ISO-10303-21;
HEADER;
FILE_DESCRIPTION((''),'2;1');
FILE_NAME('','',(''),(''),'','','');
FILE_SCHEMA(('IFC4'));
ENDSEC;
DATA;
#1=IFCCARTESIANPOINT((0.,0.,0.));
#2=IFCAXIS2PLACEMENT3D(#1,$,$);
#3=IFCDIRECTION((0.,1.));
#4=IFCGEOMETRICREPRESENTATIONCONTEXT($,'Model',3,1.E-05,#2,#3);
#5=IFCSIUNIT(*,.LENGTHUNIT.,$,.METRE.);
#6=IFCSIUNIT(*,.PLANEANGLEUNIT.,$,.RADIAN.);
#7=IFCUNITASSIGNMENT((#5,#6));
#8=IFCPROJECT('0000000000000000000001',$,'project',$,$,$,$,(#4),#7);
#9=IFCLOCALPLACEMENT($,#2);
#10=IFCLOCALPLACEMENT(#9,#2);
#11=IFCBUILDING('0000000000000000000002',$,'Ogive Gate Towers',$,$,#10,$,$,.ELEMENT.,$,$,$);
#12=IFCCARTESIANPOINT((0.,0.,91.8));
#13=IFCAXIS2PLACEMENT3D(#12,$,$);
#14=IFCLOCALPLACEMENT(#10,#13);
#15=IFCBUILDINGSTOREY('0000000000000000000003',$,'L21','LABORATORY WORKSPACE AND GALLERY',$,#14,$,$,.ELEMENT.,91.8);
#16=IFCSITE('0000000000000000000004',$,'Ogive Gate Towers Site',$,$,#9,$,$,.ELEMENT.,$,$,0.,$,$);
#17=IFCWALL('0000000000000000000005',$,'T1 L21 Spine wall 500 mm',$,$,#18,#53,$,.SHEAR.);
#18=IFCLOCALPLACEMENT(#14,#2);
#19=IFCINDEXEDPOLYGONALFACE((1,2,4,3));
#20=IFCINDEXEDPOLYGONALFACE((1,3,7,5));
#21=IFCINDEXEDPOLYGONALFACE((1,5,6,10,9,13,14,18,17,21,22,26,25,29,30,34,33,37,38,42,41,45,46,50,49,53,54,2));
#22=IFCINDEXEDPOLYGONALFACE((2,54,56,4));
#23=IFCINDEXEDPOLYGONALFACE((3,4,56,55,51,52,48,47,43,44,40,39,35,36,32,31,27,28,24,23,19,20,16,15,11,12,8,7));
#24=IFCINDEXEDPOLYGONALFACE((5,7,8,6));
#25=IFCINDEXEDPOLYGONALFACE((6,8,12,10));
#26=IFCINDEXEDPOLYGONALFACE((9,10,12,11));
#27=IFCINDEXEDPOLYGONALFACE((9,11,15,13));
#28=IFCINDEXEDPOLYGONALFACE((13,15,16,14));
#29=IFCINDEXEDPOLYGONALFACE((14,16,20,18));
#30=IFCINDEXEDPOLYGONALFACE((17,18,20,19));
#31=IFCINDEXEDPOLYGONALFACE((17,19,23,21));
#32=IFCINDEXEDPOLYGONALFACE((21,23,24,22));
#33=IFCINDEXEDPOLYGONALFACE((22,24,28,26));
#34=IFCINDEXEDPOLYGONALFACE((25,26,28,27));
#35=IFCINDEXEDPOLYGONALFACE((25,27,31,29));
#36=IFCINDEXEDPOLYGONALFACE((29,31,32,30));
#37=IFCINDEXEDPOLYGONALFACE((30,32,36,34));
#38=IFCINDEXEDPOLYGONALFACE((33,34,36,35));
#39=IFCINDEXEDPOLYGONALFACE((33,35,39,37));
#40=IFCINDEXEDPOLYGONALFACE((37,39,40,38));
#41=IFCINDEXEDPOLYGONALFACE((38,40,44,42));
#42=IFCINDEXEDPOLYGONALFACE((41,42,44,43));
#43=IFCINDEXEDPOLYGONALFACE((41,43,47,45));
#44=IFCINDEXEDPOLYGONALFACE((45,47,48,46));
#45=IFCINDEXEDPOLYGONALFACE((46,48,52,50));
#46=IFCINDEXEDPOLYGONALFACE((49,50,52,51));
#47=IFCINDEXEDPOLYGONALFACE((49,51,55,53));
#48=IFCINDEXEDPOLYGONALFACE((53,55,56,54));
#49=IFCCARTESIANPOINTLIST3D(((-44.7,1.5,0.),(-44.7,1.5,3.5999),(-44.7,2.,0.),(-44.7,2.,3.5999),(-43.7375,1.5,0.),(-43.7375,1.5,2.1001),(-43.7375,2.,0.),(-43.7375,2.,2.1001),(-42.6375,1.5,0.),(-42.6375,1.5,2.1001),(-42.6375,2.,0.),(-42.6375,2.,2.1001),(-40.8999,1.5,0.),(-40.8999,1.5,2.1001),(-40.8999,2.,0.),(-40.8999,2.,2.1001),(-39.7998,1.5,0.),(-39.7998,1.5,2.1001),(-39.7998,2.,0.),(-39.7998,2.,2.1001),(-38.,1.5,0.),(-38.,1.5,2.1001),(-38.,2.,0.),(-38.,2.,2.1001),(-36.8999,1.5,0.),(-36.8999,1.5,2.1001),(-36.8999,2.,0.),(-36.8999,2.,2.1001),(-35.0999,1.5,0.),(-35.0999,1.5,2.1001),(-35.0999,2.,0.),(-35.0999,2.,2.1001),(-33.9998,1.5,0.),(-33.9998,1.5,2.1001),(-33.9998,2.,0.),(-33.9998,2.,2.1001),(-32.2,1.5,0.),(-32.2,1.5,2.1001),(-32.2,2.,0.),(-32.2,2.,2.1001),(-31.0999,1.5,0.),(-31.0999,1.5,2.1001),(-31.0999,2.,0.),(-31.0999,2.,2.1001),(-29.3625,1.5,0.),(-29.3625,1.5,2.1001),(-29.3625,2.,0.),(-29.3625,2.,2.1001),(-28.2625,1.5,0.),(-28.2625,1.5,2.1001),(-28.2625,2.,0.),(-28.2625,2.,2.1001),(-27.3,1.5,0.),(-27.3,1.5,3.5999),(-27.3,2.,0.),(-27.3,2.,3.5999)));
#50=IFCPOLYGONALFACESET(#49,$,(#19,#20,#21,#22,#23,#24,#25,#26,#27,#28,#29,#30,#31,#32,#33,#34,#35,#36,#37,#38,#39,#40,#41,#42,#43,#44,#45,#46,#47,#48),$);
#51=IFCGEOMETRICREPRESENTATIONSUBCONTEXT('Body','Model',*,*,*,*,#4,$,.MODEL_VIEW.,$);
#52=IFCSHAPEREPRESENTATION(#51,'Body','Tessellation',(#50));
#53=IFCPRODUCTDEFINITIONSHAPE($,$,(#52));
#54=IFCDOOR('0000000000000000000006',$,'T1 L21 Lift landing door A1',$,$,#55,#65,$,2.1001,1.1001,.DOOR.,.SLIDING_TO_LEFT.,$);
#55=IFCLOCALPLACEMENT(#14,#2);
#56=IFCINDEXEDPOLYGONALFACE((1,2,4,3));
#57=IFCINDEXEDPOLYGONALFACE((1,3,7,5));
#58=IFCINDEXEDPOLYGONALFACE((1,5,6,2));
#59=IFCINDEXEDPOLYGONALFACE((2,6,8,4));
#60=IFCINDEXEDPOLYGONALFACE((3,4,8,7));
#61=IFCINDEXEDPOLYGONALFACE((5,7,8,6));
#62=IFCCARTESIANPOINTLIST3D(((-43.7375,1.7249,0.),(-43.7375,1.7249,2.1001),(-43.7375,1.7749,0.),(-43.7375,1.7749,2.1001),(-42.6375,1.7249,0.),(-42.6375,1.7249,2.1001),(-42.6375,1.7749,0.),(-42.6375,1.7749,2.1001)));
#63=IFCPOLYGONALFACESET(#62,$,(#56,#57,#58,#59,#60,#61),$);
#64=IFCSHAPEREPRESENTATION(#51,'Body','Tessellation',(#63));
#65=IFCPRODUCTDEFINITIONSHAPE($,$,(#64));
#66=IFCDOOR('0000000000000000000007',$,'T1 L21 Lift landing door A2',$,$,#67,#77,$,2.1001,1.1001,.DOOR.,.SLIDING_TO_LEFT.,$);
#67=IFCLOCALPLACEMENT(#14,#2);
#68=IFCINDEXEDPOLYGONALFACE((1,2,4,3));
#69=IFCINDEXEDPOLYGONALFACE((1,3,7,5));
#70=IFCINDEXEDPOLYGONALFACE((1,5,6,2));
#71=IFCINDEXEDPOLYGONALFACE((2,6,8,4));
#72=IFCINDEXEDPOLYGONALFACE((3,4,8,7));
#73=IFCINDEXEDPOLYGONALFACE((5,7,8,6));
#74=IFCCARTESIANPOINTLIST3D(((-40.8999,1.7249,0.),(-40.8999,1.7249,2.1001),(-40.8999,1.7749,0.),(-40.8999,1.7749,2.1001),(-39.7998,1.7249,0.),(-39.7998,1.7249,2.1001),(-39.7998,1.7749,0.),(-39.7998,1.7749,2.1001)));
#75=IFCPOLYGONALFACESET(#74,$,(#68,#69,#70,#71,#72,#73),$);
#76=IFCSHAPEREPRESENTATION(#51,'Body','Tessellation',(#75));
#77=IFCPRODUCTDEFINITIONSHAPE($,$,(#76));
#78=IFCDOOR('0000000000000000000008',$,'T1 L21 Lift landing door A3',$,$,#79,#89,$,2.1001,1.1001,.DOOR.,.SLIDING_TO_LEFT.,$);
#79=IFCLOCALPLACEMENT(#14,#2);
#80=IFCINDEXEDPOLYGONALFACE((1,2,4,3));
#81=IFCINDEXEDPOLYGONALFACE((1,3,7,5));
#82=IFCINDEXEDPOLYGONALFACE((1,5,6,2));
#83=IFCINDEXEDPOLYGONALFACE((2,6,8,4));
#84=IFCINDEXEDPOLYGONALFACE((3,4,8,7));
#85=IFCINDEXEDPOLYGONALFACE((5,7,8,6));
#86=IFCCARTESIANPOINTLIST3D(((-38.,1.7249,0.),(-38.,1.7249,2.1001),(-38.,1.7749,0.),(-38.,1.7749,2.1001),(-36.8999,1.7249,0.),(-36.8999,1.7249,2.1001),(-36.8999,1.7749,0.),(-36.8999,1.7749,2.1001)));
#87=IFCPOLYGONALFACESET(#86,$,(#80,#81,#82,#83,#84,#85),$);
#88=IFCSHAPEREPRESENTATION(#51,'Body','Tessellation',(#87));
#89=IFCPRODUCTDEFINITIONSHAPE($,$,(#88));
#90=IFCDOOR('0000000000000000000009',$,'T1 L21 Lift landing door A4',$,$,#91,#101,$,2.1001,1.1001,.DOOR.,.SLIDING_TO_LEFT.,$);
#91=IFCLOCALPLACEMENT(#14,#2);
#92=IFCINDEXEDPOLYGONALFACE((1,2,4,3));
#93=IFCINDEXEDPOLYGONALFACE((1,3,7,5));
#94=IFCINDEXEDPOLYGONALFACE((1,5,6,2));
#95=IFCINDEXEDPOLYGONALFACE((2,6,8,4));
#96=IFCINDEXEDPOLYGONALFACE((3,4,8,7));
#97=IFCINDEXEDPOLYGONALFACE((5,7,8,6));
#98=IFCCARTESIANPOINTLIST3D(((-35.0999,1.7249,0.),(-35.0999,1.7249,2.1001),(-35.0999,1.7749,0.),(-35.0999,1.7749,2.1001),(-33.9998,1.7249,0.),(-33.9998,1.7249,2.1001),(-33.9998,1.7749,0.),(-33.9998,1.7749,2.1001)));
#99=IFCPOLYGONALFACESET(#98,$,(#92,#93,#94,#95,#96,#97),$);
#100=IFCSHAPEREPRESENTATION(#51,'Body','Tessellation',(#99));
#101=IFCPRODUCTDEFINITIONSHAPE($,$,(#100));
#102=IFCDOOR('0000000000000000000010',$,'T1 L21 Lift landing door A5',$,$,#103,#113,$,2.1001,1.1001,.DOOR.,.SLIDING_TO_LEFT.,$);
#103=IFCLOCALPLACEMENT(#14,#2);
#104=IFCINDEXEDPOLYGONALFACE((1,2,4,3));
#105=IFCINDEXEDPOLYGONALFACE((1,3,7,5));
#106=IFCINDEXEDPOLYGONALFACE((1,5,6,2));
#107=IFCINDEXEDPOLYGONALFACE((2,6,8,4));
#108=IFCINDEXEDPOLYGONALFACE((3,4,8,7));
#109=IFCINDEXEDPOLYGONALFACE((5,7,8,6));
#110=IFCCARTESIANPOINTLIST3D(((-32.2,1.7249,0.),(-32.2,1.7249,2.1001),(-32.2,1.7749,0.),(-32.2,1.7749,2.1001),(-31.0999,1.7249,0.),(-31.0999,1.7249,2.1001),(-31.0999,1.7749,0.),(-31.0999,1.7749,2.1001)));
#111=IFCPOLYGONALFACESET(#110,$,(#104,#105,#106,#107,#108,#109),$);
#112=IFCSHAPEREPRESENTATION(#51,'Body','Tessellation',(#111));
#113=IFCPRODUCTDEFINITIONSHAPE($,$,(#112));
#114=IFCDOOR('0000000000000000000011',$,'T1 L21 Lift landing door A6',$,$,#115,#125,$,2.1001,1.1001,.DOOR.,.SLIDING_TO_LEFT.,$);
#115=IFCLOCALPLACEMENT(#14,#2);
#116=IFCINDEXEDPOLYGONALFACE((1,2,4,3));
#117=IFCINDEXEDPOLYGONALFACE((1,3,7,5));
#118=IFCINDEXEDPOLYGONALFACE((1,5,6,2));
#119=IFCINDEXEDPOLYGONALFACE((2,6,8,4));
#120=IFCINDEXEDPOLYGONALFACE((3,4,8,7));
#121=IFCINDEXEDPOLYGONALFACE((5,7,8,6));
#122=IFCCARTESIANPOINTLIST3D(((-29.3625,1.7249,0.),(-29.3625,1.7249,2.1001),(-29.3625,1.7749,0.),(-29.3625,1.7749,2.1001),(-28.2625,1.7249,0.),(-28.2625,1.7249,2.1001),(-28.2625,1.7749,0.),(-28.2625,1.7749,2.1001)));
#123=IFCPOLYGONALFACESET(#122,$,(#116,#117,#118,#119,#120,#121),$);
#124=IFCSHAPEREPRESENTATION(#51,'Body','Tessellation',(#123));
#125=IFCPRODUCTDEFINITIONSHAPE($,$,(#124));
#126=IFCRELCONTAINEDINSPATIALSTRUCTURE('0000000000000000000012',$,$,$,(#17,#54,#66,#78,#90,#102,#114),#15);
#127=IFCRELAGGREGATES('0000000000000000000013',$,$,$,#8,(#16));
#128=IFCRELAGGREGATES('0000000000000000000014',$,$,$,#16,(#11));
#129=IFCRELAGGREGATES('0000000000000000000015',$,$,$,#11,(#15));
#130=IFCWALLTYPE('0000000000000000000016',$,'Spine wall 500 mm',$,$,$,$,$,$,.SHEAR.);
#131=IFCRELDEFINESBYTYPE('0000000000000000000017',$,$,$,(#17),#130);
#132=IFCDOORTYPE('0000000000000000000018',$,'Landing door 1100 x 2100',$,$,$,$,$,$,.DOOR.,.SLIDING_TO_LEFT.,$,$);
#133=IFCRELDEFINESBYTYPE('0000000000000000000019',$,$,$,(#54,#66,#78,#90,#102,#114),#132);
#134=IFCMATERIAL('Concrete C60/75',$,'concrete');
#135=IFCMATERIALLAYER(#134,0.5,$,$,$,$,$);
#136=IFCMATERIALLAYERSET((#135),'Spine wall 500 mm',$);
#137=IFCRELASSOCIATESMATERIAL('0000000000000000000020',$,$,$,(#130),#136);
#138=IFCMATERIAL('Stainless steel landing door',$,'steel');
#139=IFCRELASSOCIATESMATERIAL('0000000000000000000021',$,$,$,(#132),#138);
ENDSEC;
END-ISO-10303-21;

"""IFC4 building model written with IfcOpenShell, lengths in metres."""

from ifc_helpers import new_model, si_unit, direction, frame, frame_2d, origin, place, context, subcontext, project, spatial, rectangle, extrude, material, layer, layer_set, type_object, element, fill, save


model = new_model("IFC4")

# Units and contexts
model_context = context("Model", 3, precision=1e-05, world=origin(), true_north=direction((0.0, 1.0)))
body_context = subcontext(model_context, "Body", "Model", "MODEL_VIEW")
ifc_project = project(units=[si_unit("LENGTHUNIT", "METRE"), si_unit("PLANEANGLEUNIT", "RADIAN")], contexts=[model_context])

# Site, building, storey
site_placement = place(None, origin())
site = spatial("IfcSite", under=ifc_project, at=site_placement, Name="Ogive Gate Towers Site", CompositionType="ELEMENT", RefElevation=0.0)
building_placement = place(site_placement, origin())
building = spatial("IfcBuilding", under=site, at=building_placement, Name="Ogive Gate Towers", CompositionType="ELEMENT")
storey_placement = place(building_placement, frame((0.0, 0.0, 91.8)))
storey = spatial("IfcBuildingStorey", under=building, at=storey_placement, Name="L21", Description="LABORATORY WORKSPACE AND GALLERY", CompositionType="ELEMENT", Elevation=91.8)

# Wall, openings, doors
ifc_material_1 = material(Name="Concrete C60/75", Category="concrete")
ifc_layer_1 = layer(ifc_material_1, 0.5)
ifc_layer_set_1 = layer_set([ifc_layer_1], Name="Spine wall 500 mm")
wall_type_1 = type_object("IfcWallType", Name="Spine wall 500 mm", PredefinedType="SHEAR", material=ifc_layer_set_1)
wall_1_placement = place(storey_placement, frame((-44.7, 1.75, 0.0), z_axis=(0.0, 0.0, 1.0), x_axis=(1.0, 0.0, 0.0)))
wall_1 = element("IfcWall", 1, at=wall_1_placement, inside=storey, type_object=wall_type_1, Name="T1 L21 Spine wall 500 mm", PredefinedType="SHEAR", context=body_context, shape_type="SweptSolid", body=[
    extrude(rectangle(XDim=17.3999, YDim=0.5, at=frame_2d((8.7, 0.0))), origin(), (0.0, 0.0, 1.0), 3.5999),
])
opening_1_placement = place(wall_1_placement, frame((0.9624, 0.0, 0.0)))
opening_1 = element("IfcOpeningElement", 2, at=opening_1_placement, cuts=wall_1, PredefinedType="OPENING", context=body_context, shape_type="SweptSolid", body=[
    extrude(rectangle(XDim=1.1001, YDim=2.1001, at=frame_2d((0.55, 1.05))), frame((0.0, 0.26, 0.0), z_axis=(0.0, -1.0, 0.0), x_axis=(1.0, 0.0, 0.0)), (0.0, 0.0, 1.0), 0.52),
])
opening_2_placement = place(wall_1_placement, frame((3.8, 0.0, 0.0)))
opening_2 = element("IfcOpeningElement", 3, at=opening_2_placement, cuts=wall_1, PredefinedType="OPENING", context=body_context, shape_type="SweptSolid", body=[
    extrude(rectangle(XDim=1.1001, YDim=2.1001, at=frame_2d((0.55, 1.05))), frame((0.0, 0.26, 0.0), z_axis=(0.0, -1.0, 0.0), x_axis=(1.0, 0.0, 0.0)), (0.0, 0.0, 1.0), 0.52),
])
opening_3_placement = place(wall_1_placement, frame((6.7, 0.0, 0.0)))
opening_3 = element("IfcOpeningElement", 4, at=opening_3_placement, cuts=wall_1, PredefinedType="OPENING", context=body_context, shape_type="SweptSolid", body=[
    extrude(rectangle(XDim=1.1001, YDim=2.1001, at=frame_2d((0.55, 1.05))), frame((0.0, 0.26, 0.0), z_axis=(0.0, -1.0, 0.0), x_axis=(1.0, 0.0, 0.0)), (0.0, 0.0, 1.0), 0.52),
])
opening_4_placement = place(wall_1_placement, frame((9.6001, 0.0, 0.0)))
opening_4 = element("IfcOpeningElement", 5, at=opening_4_placement, cuts=wall_1, PredefinedType="OPENING", context=body_context, shape_type="SweptSolid", body=[
    extrude(rectangle(XDim=1.1001, YDim=2.1001, at=frame_2d((0.55, 1.05))), frame((0.0, 0.26, 0.0), z_axis=(0.0, -1.0, 0.0), x_axis=(1.0, 0.0, 0.0)), (0.0, 0.0, 1.0), 0.52),
])
opening_5_placement = place(wall_1_placement, frame((12.5, 0.0, 0.0)))
opening_5 = element("IfcOpeningElement", 6, at=opening_5_placement, cuts=wall_1, PredefinedType="OPENING", context=body_context, shape_type="SweptSolid", body=[
    extrude(rectangle(XDim=1.1001, YDim=2.1001, at=frame_2d((0.55, 1.05))), frame((0.0, 0.26, 0.0), z_axis=(0.0, -1.0, 0.0), x_axis=(1.0, 0.0, 0.0)), (0.0, 0.0, 1.0), 0.52),
])
opening_6_placement = place(wall_1_placement, frame((15.3374, 0.0, 0.0)))
opening_6 = element("IfcOpeningElement", 7, at=opening_6_placement, cuts=wall_1, PredefinedType="OPENING", context=body_context, shape_type="SweptSolid", body=[
    extrude(rectangle(XDim=1.1001, YDim=2.1001, at=frame_2d((0.55, 1.05))), frame((0.0, 0.26, 0.0), z_axis=(0.0, -1.0, 0.0), x_axis=(1.0, 0.0, 0.0)), (0.0, 0.0, 1.0), 0.52),
])
ifc_material_2 = material(Name="Stainless steel landing door", Category="steel")
door_type_1 = type_object("IfcDoorType", Name="Landing door 1100 x 2100", OperationType="SLIDING_TO_LEFT", PredefinedType="DOOR", material=ifc_material_2)
door_1_placement = place(opening_1_placement, origin())
door_1 = element("IfcDoor", 8, at=door_1_placement, inside=storey, type_object=door_type_1, Name="T1 L21 Lift landing door A1", OperationType="SLIDING_TO_LEFT", OverallHeight=2.1001, OverallWidth=1.1001, PredefinedType="DOOR", context=body_context, shape_type="SweptSolid", body=[
    extrude(rectangle(XDim=1.1001, YDim=2.1001, at=frame_2d((0.55, 1.05))), frame((0.0, 0.0249, 0.0), z_axis=(0.0, -1.0, 0.0), x_axis=(1.0, 0.0, 0.0)), (0.0, 0.0, 1.0), 0.05),
])
fill(opening_1, door_1)
door_2_placement = place(opening_2_placement, origin())
door_2 = element("IfcDoor", 9, at=door_2_placement, inside=storey, type_object=door_type_1, Name="T1 L21 Lift landing door A2", OperationType="SLIDING_TO_LEFT", OverallHeight=2.1001, OverallWidth=1.1001, PredefinedType="DOOR", context=body_context, shape_type="SweptSolid", body=[
    extrude(rectangle(XDim=1.1001, YDim=2.1001, at=frame_2d((0.55, 1.05))), frame((0.0, 0.0249, 0.0), z_axis=(0.0, -1.0, 0.0), x_axis=(1.0, 0.0, 0.0)), (0.0, 0.0, 1.0), 0.05),
])
fill(opening_2, door_2)
door_3_placement = place(opening_3_placement, origin())
door_3 = element("IfcDoor", 10, at=door_3_placement, inside=storey, type_object=door_type_1, Name="T1 L21 Lift landing door A3", OperationType="SLIDING_TO_LEFT", OverallHeight=2.1001, OverallWidth=1.1001, PredefinedType="DOOR", context=body_context, shape_type="SweptSolid", body=[
    extrude(rectangle(XDim=1.1001, YDim=2.1001, at=frame_2d((0.55, 1.05))), frame((0.0, 0.0249, 0.0), z_axis=(0.0, -1.0, 0.0), x_axis=(1.0, 0.0, 0.0)), (0.0, 0.0, 1.0), 0.05),
])
fill(opening_3, door_3)
door_4_placement = place(opening_4_placement, origin())
door_4 = element("IfcDoor", 11, at=door_4_placement, inside=storey, type_object=door_type_1, Name="T1 L21 Lift landing door A4", OperationType="SLIDING_TO_LEFT", OverallHeight=2.1001, OverallWidth=1.1001, PredefinedType="DOOR", context=body_context, shape_type="SweptSolid", body=[
    extrude(rectangle(XDim=1.1001, YDim=2.1001, at=frame_2d((0.55, 1.05))), frame((0.0, 0.0249, 0.0), z_axis=(0.0, -1.0, 0.0), x_axis=(1.0, 0.0, 0.0)), (0.0, 0.0, 1.0), 0.05),
])
fill(opening_4, door_4)
door_5_placement = place(opening_5_placement, origin())
door_5 = element("IfcDoor", 12, at=door_5_placement, inside=storey, type_object=door_type_1, Name="T1 L21 Lift landing door A5", OperationType="SLIDING_TO_LEFT", OverallHeight=2.1001, OverallWidth=1.1001, PredefinedType="DOOR", context=body_context, shape_type="SweptSolid", body=[
    extrude(rectangle(XDim=1.1001, YDim=2.1001, at=frame_2d((0.55, 1.05))), frame((0.0, 0.0249, 0.0), z_axis=(0.0, -1.0, 0.0), x_axis=(1.0, 0.0, 0.0)), (0.0, 0.0, 1.0), 0.05),
])
fill(opening_5, door_5)
door_6_placement = place(opening_6_placement, origin())
door_6 = element("IfcDoor", 13, at=door_6_placement, inside=storey, type_object=door_type_1, Name="T1 L21 Lift landing door A6", OperationType="SLIDING_TO_LEFT", OverallHeight=2.1001, OverallWidth=1.1001, PredefinedType="DOOR", context=body_context, shape_type="SweptSolid", body=[
    extrude(rectangle(XDim=1.1001, YDim=2.1001, at=frame_2d((0.55, 1.05))), frame((0.0, 0.0249, 0.0), z_axis=(0.0, -1.0, 0.0), x_axis=(1.0, 0.0, 0.0)), (0.0, 0.0, 1.0), 0.05),
])
fill(opening_6, door_6)

save(model, "model.ifc")
